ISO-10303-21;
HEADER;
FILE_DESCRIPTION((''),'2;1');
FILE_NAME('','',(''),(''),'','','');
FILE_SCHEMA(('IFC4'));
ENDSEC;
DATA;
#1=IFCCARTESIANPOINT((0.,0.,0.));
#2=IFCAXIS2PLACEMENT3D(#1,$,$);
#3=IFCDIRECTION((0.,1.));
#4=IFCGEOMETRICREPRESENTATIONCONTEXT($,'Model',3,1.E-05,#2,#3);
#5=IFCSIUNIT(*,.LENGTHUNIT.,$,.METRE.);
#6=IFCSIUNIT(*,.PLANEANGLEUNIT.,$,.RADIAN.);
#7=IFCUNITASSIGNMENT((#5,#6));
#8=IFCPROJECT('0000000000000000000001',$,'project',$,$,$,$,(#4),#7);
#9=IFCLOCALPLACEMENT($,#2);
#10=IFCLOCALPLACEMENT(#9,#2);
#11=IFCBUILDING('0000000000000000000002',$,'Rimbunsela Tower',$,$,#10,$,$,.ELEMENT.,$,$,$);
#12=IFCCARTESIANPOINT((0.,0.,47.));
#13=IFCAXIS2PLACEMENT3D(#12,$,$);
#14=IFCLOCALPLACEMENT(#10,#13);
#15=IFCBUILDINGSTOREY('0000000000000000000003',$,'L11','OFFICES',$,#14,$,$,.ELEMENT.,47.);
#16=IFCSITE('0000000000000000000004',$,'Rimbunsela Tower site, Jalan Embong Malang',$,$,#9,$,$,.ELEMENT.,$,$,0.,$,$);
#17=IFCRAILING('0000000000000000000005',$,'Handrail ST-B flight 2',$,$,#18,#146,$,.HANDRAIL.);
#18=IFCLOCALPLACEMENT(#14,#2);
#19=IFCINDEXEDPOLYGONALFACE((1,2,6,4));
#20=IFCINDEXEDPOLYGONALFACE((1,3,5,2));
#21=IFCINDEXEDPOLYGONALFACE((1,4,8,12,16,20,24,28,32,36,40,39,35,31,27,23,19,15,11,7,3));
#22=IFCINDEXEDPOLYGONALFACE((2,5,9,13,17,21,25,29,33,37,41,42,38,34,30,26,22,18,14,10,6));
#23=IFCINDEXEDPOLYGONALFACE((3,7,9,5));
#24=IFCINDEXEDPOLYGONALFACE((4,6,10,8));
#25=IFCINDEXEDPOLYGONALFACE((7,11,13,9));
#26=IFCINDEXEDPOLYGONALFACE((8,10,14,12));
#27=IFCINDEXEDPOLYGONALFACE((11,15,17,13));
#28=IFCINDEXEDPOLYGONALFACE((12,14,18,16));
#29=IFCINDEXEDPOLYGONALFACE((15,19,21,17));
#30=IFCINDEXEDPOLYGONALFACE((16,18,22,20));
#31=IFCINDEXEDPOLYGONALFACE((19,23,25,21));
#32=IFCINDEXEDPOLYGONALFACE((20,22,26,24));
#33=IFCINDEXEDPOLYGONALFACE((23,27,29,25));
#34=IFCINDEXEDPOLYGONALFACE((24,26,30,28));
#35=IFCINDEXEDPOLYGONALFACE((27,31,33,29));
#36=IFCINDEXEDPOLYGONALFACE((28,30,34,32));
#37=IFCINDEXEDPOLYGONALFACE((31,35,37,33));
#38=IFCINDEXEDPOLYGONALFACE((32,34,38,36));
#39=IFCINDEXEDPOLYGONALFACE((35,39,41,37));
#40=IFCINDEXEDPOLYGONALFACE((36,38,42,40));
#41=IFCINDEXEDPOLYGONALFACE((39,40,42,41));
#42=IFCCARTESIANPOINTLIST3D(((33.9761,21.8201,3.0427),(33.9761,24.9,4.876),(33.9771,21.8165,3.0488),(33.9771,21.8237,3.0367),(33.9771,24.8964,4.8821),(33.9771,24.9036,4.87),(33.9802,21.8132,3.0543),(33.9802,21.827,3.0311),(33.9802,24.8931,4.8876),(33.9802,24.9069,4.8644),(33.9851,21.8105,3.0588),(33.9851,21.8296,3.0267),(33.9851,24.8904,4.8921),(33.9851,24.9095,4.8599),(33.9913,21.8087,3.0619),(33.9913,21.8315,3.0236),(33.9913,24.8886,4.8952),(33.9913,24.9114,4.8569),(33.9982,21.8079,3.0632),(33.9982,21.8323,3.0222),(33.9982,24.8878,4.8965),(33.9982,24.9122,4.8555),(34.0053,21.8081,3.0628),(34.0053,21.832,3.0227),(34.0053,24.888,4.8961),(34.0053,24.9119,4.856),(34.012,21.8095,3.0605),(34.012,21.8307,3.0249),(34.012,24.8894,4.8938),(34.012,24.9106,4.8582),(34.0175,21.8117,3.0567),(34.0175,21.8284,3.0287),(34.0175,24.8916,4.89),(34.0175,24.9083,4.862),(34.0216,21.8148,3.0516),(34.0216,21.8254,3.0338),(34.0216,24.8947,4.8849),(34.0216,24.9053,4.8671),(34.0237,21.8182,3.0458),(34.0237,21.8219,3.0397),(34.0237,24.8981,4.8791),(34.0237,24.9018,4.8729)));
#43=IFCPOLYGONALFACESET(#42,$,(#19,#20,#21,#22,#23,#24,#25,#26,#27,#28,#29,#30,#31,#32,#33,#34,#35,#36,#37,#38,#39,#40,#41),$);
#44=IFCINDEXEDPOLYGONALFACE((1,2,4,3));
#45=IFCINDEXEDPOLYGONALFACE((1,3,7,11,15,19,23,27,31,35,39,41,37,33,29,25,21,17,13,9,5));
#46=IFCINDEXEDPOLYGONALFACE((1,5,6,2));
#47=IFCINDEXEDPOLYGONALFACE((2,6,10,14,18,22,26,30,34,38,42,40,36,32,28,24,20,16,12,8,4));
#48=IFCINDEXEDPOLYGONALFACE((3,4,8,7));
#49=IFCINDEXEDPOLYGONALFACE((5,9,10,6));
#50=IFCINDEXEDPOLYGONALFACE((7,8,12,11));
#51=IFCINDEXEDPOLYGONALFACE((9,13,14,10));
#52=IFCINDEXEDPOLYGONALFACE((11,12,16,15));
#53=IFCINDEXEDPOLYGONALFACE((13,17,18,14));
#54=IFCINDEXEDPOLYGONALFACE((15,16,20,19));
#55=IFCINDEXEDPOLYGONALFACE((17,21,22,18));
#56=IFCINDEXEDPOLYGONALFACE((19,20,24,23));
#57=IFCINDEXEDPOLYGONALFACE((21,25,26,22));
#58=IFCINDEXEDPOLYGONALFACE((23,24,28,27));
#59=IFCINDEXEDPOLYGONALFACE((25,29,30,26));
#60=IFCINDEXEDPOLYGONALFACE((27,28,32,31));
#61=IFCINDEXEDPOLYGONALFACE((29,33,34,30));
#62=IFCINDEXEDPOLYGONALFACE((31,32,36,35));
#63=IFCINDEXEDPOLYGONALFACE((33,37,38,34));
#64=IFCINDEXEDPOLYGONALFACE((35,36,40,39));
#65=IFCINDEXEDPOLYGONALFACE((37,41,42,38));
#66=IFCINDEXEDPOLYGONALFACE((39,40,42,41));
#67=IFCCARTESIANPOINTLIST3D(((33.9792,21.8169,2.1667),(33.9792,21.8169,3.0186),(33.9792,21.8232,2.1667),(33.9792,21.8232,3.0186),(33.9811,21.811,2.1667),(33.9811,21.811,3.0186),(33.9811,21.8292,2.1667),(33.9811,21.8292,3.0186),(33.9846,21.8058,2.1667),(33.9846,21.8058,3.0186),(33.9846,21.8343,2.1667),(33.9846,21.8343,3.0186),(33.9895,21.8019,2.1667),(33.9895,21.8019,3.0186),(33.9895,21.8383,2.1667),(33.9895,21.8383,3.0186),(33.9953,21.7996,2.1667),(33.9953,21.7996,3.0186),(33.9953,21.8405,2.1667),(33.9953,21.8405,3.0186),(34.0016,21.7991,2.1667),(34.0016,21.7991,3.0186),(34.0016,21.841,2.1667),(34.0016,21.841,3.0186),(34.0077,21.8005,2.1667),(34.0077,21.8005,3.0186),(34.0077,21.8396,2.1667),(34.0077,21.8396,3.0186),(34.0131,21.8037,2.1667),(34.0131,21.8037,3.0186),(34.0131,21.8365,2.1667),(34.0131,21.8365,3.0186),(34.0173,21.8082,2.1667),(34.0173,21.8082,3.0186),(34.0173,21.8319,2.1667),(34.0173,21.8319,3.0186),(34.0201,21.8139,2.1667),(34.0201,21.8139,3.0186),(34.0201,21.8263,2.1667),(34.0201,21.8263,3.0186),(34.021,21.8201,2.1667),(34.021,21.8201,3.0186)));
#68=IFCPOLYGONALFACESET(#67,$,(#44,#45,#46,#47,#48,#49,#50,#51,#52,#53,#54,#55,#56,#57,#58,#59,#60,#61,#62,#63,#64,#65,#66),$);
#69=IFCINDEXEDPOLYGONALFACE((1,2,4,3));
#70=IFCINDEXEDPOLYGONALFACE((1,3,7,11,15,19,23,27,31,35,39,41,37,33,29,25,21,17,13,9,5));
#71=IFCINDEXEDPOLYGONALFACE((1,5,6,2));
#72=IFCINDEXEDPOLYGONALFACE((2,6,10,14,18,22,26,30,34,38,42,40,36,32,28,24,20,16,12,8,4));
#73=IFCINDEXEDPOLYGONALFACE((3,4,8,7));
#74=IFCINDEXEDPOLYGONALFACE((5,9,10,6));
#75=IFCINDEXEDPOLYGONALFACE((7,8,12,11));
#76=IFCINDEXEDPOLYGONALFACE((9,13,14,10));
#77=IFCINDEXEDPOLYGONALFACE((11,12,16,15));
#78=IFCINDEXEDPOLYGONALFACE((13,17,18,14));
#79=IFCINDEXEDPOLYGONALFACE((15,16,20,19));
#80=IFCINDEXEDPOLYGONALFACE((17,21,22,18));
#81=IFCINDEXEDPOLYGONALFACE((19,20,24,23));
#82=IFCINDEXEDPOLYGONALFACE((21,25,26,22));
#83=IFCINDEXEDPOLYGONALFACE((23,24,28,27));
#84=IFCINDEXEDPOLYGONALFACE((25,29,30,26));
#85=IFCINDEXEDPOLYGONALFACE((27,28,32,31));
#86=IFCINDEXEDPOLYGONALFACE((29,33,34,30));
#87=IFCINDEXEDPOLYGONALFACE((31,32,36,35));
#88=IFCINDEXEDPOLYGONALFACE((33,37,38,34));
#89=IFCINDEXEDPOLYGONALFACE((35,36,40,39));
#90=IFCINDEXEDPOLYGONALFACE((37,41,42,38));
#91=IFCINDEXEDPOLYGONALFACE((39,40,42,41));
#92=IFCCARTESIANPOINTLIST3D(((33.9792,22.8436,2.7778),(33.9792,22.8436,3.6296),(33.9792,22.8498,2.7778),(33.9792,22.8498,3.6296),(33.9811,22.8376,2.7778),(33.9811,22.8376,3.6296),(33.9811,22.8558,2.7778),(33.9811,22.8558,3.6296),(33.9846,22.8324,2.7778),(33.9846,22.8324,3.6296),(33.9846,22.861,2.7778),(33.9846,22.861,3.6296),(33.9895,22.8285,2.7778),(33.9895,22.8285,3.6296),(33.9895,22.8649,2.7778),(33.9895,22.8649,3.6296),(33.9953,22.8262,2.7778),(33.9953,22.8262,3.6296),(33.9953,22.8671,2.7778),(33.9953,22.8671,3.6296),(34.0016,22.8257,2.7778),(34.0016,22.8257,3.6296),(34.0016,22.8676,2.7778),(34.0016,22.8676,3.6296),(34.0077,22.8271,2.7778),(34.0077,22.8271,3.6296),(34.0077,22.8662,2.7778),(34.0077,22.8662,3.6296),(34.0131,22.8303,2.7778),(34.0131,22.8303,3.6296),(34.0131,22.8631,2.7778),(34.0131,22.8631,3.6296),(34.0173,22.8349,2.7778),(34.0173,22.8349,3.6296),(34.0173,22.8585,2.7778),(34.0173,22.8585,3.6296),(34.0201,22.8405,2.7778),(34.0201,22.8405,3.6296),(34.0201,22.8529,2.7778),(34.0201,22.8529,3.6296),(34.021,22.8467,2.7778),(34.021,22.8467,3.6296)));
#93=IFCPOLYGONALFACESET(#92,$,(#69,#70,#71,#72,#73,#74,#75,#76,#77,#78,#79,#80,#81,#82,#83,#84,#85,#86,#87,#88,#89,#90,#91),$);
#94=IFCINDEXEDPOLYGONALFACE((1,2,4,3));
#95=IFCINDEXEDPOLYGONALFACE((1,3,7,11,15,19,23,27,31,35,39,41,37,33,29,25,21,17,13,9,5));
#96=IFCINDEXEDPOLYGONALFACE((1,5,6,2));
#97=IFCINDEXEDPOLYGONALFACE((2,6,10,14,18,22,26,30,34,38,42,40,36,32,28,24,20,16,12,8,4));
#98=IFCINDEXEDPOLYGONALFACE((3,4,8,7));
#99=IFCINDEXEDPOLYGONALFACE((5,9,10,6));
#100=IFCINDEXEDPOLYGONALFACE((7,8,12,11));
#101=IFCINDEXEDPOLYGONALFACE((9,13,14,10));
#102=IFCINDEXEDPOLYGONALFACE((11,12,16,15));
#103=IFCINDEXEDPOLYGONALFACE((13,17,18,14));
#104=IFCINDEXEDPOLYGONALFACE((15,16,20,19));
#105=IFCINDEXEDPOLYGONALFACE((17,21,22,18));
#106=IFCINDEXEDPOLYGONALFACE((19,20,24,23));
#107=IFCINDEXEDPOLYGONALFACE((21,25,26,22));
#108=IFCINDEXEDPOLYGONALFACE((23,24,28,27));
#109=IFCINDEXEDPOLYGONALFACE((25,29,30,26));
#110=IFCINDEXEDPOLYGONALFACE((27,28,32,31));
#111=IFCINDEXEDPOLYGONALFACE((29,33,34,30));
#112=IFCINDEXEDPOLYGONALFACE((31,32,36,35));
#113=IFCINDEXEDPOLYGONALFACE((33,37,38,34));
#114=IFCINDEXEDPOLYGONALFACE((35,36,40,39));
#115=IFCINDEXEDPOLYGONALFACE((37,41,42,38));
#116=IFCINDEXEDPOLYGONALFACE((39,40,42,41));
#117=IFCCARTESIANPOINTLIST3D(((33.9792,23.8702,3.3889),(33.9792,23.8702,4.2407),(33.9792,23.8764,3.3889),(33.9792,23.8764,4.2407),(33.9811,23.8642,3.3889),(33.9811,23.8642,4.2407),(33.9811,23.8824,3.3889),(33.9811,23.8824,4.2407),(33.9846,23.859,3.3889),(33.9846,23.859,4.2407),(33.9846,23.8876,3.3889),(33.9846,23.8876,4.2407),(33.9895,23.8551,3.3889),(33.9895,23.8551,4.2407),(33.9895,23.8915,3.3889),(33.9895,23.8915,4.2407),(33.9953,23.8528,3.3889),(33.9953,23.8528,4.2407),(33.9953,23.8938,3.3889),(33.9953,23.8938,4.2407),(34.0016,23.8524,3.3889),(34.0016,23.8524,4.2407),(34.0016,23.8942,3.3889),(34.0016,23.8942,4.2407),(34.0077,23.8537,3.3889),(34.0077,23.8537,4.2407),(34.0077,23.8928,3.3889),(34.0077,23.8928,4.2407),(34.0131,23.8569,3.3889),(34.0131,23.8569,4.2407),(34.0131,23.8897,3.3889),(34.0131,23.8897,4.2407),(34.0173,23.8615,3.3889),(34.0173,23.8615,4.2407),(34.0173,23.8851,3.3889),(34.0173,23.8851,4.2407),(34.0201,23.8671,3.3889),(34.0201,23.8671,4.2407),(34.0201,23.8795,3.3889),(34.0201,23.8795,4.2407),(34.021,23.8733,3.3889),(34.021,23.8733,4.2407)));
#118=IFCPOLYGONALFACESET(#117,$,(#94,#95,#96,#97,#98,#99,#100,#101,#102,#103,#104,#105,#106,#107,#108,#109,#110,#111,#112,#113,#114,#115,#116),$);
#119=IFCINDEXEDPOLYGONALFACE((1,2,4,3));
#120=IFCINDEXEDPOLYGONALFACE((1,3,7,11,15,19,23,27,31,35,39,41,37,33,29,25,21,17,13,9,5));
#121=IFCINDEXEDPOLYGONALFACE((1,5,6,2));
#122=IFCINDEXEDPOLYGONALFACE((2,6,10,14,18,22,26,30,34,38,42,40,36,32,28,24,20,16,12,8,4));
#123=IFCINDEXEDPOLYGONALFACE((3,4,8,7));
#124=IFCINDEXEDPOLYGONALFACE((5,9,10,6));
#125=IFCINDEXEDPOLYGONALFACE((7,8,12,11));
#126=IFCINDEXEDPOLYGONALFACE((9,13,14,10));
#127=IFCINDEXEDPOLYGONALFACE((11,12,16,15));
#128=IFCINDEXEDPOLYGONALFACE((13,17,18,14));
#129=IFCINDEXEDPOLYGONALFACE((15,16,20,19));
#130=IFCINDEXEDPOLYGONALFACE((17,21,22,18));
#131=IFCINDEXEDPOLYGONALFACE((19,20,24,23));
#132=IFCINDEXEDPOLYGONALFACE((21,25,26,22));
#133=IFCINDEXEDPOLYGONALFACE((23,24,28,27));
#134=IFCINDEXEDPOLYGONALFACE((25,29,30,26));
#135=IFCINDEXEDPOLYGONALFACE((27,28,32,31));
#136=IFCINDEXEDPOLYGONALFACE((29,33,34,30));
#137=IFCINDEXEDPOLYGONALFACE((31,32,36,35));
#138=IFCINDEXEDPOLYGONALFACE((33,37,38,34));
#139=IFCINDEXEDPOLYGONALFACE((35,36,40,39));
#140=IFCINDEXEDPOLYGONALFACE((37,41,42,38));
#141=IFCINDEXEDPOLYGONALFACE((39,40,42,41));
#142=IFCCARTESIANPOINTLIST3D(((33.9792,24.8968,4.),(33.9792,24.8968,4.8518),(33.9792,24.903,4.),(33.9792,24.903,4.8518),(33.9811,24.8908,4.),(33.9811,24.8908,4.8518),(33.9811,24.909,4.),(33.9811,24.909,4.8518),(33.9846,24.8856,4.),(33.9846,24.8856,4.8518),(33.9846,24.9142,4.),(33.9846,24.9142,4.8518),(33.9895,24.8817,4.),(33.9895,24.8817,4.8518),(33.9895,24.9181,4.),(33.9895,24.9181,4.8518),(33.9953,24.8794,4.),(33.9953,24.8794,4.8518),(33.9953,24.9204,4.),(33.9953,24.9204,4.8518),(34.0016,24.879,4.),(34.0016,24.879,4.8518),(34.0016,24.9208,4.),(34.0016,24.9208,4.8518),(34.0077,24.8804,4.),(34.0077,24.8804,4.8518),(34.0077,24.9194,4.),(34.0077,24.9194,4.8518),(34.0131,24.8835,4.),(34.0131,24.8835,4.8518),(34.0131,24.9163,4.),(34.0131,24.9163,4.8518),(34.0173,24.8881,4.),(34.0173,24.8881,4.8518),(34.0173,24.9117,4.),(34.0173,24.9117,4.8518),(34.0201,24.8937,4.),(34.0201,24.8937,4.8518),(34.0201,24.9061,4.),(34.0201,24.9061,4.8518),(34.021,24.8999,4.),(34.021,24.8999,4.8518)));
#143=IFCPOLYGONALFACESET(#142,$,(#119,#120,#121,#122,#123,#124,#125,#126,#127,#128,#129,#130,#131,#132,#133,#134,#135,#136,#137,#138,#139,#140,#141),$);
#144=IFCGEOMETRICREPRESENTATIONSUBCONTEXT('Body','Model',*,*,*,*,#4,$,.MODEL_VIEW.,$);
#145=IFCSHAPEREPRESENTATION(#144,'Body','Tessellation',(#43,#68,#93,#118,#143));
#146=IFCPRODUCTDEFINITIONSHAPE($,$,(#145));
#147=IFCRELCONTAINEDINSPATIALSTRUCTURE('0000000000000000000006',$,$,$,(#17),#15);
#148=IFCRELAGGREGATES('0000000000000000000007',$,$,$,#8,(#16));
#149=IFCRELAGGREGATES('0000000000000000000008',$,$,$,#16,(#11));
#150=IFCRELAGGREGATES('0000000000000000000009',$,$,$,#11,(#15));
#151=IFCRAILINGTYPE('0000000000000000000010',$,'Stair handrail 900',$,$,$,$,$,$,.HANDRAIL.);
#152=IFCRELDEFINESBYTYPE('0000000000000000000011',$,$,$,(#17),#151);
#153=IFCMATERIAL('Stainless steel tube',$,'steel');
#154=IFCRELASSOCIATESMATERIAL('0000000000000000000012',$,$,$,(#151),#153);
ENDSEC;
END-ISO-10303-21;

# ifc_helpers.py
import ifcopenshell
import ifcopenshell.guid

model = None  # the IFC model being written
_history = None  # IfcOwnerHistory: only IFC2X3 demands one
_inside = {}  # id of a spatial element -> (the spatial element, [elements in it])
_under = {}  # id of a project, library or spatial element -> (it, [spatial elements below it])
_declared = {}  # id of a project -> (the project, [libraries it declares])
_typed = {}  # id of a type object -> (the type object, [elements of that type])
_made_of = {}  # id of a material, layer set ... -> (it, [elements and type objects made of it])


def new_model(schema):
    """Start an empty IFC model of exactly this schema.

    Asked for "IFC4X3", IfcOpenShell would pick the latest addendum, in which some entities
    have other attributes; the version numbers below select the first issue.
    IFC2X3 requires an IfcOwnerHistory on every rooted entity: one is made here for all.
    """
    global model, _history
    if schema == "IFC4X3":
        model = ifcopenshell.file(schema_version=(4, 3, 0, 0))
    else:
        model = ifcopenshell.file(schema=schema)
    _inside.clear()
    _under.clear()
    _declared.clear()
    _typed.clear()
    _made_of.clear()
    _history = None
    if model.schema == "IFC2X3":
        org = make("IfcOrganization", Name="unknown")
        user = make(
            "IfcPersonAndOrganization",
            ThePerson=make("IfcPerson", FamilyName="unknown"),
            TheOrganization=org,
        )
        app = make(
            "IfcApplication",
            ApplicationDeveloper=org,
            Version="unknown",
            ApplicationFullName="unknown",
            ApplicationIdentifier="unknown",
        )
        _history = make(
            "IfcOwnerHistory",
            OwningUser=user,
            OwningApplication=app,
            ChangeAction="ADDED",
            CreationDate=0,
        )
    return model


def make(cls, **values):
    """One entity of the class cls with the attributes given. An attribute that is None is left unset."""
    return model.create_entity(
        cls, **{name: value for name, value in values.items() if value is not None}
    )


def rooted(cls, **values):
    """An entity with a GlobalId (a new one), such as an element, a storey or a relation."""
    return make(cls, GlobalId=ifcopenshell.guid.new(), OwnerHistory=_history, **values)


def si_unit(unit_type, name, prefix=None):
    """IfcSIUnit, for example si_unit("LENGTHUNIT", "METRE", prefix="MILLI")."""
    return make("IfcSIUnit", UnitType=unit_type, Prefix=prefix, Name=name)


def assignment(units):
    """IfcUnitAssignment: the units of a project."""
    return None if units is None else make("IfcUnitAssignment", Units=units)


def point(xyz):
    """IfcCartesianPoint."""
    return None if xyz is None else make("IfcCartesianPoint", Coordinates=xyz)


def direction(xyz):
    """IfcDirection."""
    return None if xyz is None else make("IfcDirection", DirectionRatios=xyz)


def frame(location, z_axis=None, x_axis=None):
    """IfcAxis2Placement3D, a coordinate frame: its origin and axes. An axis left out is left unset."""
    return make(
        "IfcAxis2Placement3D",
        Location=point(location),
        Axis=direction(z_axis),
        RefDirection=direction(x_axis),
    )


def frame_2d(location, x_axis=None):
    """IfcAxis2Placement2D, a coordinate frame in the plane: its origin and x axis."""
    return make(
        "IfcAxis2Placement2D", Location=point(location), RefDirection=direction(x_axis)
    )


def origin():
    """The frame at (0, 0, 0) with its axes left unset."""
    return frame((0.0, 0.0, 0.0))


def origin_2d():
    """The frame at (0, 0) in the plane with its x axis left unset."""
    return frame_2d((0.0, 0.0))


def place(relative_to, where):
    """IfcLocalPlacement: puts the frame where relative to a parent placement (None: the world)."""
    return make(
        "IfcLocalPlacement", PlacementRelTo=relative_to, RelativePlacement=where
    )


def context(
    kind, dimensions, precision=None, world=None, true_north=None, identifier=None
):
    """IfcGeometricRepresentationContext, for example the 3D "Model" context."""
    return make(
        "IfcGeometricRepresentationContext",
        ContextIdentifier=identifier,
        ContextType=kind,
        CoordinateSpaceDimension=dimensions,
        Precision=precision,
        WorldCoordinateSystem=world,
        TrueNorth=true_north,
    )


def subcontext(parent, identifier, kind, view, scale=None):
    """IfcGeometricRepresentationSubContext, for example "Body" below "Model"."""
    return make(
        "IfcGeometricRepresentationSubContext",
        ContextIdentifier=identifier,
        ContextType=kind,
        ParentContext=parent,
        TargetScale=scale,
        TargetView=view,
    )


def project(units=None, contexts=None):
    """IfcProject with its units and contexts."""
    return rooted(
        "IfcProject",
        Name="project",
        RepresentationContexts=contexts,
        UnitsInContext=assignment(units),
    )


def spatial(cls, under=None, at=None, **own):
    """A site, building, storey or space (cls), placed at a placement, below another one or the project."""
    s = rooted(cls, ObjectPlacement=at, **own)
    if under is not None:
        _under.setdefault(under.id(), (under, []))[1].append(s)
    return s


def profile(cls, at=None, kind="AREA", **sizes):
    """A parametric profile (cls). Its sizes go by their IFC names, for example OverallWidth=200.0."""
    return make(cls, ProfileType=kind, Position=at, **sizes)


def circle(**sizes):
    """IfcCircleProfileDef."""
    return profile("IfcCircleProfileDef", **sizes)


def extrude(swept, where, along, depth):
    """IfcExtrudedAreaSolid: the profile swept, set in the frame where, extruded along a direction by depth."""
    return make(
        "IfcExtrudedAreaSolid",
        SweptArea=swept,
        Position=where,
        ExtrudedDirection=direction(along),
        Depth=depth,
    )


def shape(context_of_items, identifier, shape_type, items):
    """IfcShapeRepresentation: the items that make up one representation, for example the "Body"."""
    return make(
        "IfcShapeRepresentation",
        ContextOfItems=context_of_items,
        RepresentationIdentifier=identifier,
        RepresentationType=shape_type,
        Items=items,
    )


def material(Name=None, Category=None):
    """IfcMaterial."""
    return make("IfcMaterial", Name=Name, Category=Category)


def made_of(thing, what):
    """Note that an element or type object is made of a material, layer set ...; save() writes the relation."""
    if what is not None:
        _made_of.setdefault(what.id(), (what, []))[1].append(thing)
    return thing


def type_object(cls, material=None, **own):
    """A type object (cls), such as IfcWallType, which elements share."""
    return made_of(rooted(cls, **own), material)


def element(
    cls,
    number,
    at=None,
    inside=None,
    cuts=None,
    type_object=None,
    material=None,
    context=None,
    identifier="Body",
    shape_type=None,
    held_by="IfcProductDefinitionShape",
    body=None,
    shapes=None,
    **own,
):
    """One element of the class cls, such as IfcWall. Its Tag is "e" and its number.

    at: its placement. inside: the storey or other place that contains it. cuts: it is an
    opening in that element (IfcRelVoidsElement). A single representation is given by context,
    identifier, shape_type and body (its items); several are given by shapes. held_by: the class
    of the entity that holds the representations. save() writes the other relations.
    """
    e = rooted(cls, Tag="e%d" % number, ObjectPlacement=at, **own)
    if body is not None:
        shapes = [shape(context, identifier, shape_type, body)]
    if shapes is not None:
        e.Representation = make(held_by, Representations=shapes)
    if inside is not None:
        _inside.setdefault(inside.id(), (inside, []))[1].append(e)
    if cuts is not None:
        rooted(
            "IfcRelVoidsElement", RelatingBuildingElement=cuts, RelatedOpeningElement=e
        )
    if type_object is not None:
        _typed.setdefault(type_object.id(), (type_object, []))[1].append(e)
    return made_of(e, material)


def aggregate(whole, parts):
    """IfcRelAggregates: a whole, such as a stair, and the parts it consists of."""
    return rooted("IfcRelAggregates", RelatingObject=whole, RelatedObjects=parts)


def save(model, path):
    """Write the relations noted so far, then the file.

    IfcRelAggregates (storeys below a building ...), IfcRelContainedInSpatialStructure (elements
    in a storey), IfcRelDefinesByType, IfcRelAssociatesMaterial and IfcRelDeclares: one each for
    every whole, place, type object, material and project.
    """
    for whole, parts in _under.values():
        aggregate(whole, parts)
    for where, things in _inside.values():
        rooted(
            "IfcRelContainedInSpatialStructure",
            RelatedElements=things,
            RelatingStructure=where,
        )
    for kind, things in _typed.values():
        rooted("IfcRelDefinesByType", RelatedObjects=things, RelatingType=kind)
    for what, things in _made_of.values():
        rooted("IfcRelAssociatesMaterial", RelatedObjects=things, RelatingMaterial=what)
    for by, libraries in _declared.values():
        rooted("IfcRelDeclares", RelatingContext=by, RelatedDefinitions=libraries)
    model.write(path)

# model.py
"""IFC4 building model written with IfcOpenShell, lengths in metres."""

from ifc_helpers import new_model, si_unit, direction, frame, origin, origin_2d, place, context, subcontext, project, spatial, circle, extrude, material, type_object, element, save


model = new_model("IFC4")

# Units and contexts
model_context = context("Model", 3, precision=1e-05, world=origin(), true_north=direction((0.0, 1.0)))
body_context = subcontext(model_context, "Body", "Model", "MODEL_VIEW")
ifc_project = project(units=[si_unit("LENGTHUNIT", "METRE"), si_unit("PLANEANGLEUNIT", "RADIAN")], contexts=[model_context])

# Site, building, storey
site_placement = place(None, origin())
site = spatial("IfcSite", under=ifc_project, at=site_placement, Name="Rimbunsela Tower site, Jalan Embong Malang", CompositionType="ELEMENT", RefElevation=0.0)
building_placement = place(site_placement, origin())
building = spatial("IfcBuilding", under=site, at=building_placement, Name="Rimbunsela Tower", CompositionType="ELEMENT")
storey_placement = place(building_placement, frame((0.0, 0.0, 47.0)))
storey = spatial("IfcBuildingStorey", under=building, at=storey_placement, Name="L11", Description="OFFICES", CompositionType="ELEMENT", Elevation=47.0)

# Railing
ifc_material_1 = material(Name="Stainless steel tube", Category="steel")
railing_type = type_object("IfcRailingType", Name="Stair handrail 900", PredefinedType="HANDRAIL", material=ifc_material_1)
for number, where, name in (
    (1, (34.0, 21.8201, 2.1667), "Handrail ST-B flight 2"),
):
    element("IfcRailing", number, at=place(storey_placement, frame(where)), inside=storey, type_object=railing_type, Name=name, PredefinedType="HANDRAIL", context=body_context, shape_type="SweptSolid", body=[
        extrude(circle(Radius=0.0239, at=origin_2d()), frame((0.0, 0.0, 0.876), z_axis=(0.0, 0.859291, 0.511487), x_axis=(-1.0, 0.0, 0.0)), (0.0, 0.0, 1.0), 3.5842),
        extrude(circle(Radius=0.021, at=origin_2d()), origin(), (0.0, 0.0, 1.0), 0.8518),
        extrude(circle(Radius=0.021, at=origin_2d()), frame((0.0, 1.0266, 0.6111)), (0.0, 0.0, 1.0), 0.8518),
        extrude(circle(Radius=0.021, at=origin_2d()), frame((0.0, 2.0532, 1.2222)), (0.0, 0.0, 1.0), 0.8518),
        extrude(circle(Radius=0.021, at=origin_2d()), frame((0.0, 3.0798, 1.8333)), (0.0, 0.0, 1.0), 0.8518),
    ])

save(model, "model.ifc")
